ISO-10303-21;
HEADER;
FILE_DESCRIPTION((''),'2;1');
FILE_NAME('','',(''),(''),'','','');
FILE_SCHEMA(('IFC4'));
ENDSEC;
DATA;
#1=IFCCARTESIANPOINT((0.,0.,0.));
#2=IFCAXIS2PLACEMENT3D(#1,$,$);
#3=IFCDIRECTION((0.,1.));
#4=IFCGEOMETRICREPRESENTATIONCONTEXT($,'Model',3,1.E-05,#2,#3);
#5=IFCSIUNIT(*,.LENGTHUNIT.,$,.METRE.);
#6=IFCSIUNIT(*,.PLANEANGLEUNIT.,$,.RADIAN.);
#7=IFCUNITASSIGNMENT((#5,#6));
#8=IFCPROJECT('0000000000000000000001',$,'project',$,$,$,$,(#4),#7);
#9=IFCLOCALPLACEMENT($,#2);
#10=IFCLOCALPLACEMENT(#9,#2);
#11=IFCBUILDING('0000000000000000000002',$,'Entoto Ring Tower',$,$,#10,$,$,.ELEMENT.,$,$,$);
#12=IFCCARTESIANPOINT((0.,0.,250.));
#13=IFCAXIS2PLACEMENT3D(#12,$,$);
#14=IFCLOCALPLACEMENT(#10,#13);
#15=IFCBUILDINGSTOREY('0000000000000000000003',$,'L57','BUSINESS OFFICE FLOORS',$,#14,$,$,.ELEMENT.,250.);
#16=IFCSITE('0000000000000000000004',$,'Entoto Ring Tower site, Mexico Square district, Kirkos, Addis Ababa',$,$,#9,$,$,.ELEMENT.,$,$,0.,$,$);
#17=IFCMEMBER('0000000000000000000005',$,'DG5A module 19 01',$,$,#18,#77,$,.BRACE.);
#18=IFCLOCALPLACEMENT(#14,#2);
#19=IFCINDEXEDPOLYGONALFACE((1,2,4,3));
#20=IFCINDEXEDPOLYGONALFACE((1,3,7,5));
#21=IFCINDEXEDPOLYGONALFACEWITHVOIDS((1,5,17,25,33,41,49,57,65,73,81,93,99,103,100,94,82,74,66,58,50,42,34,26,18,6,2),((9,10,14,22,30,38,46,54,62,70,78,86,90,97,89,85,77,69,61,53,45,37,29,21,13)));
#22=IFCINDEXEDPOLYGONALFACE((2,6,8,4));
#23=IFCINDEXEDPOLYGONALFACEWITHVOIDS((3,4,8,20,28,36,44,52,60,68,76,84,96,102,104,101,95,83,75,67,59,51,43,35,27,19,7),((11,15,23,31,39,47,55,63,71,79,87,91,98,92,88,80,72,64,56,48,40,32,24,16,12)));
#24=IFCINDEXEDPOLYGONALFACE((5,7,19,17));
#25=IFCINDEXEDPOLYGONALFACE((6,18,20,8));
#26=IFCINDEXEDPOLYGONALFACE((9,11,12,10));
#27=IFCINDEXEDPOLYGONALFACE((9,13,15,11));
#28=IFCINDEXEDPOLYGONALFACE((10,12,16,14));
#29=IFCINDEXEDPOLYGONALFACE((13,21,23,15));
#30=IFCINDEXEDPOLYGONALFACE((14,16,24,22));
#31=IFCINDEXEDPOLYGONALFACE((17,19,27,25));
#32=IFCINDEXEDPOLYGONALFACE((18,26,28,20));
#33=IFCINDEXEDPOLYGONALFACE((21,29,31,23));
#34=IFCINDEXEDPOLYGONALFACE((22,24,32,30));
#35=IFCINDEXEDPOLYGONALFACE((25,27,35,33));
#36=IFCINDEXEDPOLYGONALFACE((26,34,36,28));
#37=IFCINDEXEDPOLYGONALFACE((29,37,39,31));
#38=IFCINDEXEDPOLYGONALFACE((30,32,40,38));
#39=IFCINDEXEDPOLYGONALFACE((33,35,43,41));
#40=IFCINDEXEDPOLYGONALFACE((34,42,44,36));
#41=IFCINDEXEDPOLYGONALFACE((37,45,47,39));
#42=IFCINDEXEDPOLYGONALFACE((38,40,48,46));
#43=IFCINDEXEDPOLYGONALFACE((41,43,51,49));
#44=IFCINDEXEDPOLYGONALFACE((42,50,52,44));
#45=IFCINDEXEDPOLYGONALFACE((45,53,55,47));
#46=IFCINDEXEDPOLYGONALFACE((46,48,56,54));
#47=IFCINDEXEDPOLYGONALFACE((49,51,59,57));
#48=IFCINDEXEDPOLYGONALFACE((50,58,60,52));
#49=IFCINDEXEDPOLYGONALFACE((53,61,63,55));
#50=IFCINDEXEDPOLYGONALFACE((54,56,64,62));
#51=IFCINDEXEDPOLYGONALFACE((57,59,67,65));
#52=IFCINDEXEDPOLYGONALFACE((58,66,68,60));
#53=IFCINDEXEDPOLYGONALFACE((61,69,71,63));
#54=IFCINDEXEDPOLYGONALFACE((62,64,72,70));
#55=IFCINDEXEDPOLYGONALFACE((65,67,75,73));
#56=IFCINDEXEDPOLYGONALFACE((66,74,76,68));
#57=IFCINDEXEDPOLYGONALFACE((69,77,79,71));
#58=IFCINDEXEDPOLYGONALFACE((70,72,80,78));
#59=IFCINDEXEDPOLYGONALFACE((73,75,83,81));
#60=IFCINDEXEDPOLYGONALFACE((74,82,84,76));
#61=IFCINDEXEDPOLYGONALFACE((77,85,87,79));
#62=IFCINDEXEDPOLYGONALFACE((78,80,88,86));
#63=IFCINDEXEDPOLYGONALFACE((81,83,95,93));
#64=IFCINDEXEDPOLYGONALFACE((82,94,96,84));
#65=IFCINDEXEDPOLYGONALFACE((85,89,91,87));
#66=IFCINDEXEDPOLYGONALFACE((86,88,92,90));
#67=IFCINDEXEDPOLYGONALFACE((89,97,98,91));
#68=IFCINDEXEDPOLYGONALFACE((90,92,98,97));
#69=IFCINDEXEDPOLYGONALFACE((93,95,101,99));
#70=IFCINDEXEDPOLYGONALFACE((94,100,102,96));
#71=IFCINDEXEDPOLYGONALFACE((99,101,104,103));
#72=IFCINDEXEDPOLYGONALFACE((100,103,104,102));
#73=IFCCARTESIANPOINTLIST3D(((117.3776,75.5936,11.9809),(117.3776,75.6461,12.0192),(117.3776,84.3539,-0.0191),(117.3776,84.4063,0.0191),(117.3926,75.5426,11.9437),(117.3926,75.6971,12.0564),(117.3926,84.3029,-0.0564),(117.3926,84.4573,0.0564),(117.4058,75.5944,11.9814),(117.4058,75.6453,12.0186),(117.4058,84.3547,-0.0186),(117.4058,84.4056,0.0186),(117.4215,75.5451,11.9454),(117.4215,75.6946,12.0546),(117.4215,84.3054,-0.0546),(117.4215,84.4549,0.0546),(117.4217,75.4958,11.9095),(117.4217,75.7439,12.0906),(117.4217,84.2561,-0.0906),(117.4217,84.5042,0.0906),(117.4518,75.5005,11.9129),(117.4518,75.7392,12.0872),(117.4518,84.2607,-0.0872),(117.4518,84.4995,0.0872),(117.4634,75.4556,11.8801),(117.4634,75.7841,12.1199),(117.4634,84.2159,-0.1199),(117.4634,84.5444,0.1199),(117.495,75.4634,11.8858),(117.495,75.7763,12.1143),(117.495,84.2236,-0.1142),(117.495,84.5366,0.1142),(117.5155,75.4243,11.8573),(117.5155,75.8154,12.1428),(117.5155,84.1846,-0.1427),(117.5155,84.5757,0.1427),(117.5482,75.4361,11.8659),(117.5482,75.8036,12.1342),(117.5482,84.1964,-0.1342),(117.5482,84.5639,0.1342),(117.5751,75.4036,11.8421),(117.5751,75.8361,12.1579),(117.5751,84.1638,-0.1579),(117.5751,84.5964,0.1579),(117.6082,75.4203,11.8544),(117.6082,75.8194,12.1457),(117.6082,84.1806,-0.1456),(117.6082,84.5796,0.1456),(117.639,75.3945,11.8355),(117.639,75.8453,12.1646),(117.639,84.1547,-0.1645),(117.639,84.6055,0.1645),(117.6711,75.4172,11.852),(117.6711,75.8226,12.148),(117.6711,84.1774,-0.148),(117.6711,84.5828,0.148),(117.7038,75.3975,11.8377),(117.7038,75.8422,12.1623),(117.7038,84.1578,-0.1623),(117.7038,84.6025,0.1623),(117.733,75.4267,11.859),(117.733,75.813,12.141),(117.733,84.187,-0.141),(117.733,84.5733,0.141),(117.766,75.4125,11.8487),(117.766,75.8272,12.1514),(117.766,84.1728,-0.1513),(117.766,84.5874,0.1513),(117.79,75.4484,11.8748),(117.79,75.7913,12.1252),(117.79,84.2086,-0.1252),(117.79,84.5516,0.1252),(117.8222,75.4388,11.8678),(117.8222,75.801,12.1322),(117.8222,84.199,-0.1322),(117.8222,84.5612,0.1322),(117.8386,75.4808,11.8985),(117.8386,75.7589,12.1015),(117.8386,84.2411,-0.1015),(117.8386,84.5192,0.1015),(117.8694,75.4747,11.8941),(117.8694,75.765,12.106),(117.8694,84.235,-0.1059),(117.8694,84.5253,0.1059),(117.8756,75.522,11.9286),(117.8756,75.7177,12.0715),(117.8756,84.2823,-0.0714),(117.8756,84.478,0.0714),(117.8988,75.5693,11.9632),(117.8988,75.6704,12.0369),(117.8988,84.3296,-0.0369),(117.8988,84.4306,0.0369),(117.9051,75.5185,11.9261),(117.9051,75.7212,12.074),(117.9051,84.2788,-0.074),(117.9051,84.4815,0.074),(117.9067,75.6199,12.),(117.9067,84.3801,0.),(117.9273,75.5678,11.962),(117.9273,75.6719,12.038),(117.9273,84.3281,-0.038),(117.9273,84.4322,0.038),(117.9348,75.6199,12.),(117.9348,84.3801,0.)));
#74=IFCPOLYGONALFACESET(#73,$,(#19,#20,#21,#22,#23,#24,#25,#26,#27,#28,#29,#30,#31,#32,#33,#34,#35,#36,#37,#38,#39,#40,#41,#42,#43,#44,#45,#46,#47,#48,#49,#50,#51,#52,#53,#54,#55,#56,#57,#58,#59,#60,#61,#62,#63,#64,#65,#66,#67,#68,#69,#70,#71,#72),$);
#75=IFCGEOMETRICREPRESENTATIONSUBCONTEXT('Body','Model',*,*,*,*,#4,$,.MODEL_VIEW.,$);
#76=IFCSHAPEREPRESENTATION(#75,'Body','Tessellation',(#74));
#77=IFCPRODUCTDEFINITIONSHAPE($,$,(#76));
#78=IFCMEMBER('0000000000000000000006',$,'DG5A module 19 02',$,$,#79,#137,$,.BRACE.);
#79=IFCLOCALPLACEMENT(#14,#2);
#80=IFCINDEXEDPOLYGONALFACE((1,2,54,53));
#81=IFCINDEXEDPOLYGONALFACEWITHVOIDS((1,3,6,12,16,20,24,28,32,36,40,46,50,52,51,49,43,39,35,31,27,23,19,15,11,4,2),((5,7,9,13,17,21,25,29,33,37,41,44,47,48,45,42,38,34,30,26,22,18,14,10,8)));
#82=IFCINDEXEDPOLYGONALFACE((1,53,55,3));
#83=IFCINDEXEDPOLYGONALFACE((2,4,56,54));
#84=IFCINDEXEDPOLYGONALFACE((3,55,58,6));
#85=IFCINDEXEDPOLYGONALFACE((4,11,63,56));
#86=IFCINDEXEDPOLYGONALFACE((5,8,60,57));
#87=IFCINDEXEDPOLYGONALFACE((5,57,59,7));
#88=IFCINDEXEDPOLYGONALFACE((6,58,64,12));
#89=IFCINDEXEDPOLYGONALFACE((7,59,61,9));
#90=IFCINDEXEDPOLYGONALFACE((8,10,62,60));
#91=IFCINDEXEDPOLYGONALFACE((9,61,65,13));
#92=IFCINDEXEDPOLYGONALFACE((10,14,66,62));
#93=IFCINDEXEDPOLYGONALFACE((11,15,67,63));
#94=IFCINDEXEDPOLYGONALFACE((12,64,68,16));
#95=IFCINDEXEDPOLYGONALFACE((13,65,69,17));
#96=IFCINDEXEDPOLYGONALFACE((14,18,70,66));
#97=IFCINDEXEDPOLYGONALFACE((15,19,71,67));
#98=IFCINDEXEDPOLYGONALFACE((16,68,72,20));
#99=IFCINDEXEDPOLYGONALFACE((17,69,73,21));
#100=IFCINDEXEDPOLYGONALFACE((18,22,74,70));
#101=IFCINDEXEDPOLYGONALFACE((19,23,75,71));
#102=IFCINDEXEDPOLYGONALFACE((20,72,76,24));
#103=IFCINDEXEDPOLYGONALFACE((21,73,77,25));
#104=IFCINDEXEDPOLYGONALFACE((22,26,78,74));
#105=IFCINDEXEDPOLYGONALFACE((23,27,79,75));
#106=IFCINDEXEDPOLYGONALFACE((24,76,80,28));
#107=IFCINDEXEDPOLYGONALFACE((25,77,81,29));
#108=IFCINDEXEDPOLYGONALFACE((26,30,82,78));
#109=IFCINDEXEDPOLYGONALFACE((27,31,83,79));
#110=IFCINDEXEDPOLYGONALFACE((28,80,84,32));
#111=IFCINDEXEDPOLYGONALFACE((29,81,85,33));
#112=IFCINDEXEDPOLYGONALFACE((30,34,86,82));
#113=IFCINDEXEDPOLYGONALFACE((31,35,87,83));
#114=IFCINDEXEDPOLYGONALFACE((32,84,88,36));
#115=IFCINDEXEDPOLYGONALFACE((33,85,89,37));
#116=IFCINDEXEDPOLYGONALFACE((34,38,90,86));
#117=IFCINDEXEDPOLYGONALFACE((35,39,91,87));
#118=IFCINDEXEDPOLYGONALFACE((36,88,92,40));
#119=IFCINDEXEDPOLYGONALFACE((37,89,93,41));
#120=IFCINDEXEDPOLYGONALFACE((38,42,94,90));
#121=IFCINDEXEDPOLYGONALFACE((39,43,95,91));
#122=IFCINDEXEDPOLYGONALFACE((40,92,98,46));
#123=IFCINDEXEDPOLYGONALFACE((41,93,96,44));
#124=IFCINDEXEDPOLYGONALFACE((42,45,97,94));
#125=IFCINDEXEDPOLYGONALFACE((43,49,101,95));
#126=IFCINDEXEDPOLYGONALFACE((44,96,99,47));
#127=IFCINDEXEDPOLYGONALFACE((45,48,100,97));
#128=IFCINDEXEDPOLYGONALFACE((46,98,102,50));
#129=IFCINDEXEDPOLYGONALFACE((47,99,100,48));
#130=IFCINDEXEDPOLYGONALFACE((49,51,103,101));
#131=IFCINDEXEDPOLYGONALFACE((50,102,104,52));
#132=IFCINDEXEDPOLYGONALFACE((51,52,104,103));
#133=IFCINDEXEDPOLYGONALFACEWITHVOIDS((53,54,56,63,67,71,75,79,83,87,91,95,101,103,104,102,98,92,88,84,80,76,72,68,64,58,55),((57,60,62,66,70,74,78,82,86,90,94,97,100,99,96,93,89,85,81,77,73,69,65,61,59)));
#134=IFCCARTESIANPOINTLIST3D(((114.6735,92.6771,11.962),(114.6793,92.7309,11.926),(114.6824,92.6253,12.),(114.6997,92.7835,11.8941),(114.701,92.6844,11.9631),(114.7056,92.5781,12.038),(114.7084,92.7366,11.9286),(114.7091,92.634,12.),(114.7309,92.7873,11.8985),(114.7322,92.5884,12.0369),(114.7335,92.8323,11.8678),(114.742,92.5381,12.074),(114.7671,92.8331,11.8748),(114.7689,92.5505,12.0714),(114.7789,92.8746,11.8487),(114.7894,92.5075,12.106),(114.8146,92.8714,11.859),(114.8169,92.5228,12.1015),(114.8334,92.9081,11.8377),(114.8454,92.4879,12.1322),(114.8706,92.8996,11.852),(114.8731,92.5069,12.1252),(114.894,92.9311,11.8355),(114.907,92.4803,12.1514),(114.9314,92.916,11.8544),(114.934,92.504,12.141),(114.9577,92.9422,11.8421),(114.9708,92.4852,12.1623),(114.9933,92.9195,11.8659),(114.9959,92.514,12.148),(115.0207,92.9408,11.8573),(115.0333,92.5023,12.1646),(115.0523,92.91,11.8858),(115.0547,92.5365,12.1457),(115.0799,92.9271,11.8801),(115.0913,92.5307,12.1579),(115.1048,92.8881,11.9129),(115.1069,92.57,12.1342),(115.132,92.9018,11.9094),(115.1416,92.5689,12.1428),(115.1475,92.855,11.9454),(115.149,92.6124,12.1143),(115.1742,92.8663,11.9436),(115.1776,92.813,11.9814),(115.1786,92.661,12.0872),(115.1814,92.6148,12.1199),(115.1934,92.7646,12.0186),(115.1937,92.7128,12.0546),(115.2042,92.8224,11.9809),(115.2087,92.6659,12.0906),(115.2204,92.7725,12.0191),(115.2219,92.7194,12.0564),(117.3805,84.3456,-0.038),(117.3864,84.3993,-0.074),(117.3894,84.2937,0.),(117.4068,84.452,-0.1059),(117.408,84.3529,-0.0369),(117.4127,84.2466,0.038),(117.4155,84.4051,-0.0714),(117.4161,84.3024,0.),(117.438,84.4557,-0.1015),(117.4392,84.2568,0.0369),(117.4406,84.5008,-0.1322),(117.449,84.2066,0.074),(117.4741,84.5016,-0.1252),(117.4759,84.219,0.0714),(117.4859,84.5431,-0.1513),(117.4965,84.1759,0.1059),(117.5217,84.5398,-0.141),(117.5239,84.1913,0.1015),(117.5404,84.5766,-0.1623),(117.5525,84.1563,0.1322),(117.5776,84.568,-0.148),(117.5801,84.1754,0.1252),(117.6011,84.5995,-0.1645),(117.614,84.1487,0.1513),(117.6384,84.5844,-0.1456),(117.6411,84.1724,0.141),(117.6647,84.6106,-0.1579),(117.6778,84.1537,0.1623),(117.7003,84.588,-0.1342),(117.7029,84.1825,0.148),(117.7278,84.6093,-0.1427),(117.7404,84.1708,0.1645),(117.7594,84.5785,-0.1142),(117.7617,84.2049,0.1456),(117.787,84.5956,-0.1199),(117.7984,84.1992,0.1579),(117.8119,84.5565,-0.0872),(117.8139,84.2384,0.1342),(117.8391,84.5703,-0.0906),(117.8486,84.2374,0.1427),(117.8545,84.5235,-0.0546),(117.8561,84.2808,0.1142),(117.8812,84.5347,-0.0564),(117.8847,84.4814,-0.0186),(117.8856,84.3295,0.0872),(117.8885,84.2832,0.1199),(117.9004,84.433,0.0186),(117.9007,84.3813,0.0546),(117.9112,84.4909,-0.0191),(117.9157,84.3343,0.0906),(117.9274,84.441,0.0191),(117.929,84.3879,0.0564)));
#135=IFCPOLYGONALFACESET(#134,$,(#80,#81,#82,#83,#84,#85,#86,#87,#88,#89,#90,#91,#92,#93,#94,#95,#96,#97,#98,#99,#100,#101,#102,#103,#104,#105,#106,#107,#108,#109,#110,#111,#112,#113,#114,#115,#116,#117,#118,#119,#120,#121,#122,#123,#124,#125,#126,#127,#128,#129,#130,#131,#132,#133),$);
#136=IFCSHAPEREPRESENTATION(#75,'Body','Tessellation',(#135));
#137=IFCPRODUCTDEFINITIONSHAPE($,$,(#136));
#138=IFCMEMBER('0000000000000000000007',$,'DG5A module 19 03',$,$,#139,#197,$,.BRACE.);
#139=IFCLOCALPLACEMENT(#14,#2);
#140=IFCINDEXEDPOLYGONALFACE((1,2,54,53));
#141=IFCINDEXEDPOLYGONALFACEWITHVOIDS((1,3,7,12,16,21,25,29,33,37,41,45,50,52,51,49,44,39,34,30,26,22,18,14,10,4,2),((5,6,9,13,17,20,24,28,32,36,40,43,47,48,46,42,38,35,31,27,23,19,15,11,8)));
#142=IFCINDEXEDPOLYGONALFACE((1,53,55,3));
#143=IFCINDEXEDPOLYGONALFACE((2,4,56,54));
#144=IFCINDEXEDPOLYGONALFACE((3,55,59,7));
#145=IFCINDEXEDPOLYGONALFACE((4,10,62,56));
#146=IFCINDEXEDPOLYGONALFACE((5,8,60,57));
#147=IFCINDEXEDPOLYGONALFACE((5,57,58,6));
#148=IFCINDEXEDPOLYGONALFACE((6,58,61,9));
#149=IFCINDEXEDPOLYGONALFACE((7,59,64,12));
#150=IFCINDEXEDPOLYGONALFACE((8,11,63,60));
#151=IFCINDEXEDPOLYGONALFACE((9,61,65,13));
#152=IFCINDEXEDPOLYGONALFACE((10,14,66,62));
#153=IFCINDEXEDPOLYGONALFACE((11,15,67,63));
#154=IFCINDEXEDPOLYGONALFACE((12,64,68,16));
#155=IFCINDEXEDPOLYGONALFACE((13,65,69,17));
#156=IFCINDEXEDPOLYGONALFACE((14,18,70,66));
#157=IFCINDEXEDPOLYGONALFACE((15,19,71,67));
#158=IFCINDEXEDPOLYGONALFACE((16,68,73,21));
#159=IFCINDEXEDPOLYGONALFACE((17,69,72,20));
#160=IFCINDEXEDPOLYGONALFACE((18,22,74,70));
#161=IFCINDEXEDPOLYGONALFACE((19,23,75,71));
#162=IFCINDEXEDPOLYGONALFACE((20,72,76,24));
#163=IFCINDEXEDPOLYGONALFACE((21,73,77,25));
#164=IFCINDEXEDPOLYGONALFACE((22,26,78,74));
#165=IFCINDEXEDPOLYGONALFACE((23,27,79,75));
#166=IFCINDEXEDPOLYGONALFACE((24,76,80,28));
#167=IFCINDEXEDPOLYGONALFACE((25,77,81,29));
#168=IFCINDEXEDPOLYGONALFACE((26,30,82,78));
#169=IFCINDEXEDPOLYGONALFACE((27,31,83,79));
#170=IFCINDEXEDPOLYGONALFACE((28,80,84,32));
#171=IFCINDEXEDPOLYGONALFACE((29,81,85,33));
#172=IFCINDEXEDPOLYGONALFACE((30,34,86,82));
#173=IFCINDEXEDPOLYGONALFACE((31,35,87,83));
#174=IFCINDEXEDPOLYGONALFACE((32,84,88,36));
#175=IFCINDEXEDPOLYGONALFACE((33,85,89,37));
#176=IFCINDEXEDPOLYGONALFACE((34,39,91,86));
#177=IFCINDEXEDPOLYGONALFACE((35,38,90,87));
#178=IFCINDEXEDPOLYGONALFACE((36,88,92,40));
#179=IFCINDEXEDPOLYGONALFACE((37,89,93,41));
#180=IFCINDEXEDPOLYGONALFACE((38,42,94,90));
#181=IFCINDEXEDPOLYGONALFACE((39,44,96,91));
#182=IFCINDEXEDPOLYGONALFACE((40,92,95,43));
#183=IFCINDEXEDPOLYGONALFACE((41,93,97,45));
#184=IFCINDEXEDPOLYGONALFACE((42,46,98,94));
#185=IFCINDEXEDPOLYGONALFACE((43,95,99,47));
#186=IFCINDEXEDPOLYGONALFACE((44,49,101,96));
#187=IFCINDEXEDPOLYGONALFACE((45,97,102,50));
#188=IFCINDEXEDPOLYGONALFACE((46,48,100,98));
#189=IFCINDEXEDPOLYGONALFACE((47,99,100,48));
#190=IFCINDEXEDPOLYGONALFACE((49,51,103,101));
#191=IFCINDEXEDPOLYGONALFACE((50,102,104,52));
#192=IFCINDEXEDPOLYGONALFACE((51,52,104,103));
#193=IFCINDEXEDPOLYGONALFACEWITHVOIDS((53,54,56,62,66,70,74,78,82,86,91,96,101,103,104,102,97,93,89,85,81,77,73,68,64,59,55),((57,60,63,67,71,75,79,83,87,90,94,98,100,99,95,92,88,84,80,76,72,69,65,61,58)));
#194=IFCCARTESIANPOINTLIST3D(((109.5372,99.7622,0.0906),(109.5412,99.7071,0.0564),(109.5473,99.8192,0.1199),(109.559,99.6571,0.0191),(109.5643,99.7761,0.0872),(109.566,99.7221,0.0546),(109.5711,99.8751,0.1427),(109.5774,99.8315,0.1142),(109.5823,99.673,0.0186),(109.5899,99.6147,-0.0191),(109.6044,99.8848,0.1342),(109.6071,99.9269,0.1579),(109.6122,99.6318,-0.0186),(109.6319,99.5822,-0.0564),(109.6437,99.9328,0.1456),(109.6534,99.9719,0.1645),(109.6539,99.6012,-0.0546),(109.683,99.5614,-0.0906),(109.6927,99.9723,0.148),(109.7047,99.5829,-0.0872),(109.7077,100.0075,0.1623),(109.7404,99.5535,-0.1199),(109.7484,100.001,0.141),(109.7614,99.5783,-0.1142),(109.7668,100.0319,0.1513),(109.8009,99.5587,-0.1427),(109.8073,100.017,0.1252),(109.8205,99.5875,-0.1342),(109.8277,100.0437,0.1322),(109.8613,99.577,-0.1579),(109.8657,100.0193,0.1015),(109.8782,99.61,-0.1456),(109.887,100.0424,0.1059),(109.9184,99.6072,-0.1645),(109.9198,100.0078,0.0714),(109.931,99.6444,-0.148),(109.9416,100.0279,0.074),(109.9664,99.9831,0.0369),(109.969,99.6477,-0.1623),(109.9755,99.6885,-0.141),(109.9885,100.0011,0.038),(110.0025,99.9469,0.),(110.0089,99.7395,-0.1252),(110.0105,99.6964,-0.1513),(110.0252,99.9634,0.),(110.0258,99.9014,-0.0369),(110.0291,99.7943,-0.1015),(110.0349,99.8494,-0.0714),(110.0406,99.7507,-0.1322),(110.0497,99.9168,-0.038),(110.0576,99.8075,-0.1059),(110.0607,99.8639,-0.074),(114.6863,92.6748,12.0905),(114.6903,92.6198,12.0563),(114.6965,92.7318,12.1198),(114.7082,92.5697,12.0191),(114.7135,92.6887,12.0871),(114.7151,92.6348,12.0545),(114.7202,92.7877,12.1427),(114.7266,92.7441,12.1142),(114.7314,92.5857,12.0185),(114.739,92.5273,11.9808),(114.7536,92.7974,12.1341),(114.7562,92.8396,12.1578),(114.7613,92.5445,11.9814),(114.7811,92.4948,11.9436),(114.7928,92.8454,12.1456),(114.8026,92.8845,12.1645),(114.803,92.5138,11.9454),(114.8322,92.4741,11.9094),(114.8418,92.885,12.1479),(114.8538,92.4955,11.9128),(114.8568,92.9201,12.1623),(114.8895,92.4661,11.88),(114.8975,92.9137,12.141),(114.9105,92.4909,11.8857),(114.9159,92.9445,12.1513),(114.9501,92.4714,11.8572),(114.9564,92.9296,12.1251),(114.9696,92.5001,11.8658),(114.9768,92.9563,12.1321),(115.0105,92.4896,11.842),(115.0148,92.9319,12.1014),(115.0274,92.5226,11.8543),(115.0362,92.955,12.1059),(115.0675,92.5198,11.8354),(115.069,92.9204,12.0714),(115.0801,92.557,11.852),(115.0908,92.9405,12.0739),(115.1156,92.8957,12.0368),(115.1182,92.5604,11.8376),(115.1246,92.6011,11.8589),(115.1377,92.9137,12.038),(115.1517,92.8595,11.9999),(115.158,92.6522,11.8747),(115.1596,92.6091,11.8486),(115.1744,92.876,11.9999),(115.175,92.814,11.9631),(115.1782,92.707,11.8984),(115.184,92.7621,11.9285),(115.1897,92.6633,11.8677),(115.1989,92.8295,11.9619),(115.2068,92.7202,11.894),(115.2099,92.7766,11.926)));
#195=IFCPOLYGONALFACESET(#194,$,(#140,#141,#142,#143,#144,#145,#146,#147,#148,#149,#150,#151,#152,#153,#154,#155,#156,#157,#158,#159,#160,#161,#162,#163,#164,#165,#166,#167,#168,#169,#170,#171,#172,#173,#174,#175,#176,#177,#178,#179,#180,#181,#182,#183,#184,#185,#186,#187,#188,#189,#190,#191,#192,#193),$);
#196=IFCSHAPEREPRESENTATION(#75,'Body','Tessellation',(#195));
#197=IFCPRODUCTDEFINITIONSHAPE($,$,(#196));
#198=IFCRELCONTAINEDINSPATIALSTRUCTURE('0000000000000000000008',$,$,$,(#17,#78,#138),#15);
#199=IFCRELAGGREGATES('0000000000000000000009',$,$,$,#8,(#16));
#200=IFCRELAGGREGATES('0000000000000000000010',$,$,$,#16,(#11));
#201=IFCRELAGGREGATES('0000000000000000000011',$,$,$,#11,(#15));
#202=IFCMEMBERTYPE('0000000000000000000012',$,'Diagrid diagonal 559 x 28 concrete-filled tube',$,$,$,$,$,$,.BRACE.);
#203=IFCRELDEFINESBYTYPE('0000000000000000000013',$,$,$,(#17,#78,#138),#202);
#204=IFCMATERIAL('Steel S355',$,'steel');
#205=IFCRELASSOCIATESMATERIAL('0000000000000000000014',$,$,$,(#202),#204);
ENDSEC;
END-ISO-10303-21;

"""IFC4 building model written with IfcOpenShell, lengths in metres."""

from ifc_helpers import new_model, si_unit, direction, frame, origin, origin_2d, place, context, subcontext, project, spatial, circle, hollow_circle, extrude, material, material_profile, profile_set, type_object, element, save


model = new_model("IFC4")

# Units and contexts
model_context = context("Model", 3, precision=1e-05, world=origin(), true_north=direction((0.0, 1.0)))
body_context = subcontext(model_context, "Body", "Model", "MODEL_VIEW")
ifc_project = project(units=[si_unit("LENGTHUNIT", "METRE"), si_unit("PLANEANGLEUNIT", "RADIAN")], contexts=[model_context])

# Site, building, storey
site_placement = place(None, origin())
site = spatial("IfcSite", under=ifc_project, at=site_placement, Name="Entoto Ring Tower site, Mexico Square district, Kirkos, Addis Ababa", CompositionType="ELEMENT", RefElevation=0.0)
building_placement = place(site_placement, origin())
building = spatial("IfcBuilding", under=site, at=building_placement, Name="Entoto Ring Tower", CompositionType="ELEMENT")
storey_placement = place(building_placement, frame((0.0, 0.0, 250.0)))
storey = spatial("IfcBuildingStorey", under=building, at=storey_placement, Name="L57", Description="BUSINESS OFFICE FLOORS", CompositionType="ELEMENT", Elevation=250.0)

# Members
ifc_material_1 = material(Name="Steel S355", Category="steel")
ifc_material_profile_1 = material_profile(ifc_material_1, hollow_circle(Radius=0.2795, WallThickness=0.0281, at=origin_2d()), Name="CHS 559 x 28")
ifc_material_2 = material(Name="Concrete C60/75", Category="concrete")
ifc_material_profile_2 = material_profile(ifc_material_2, circle(Radius=0.2515, at=origin_2d()), Name="Concrete C60/75 infill")
ifc_profile_set_1 = profile_set([ifc_material_profile_1, ifc_material_profile_2], Name="Steel S355")
member_type_1 = type_object("IfcMemberType", Name="Diagrid diagonal 559 x 28 concrete-filled tube", PredefinedType="BRACE", material=ifc_profile_set_1)
for number, where, z_axis, x_axis, name in (
    (1, (117.6553, 84.3801, 0.0), (0.0, -0.589623, 0.807679), (1.0, 0.0, 0.0), "DG5A module 19 01"),
    (2, (117.6553, 84.3801, 0.0), (-0.182201, 0.560767, 0.807678), (-0.951058, -0.309012, 0.0), "DG5A module 19 02"),
    (3, (109.7991, 99.7991, 0.0), (0.34657, -0.477025, 0.807673), (0.809024, 0.587776, 0.0), "DG5A module 19 03"),
):
    element("IfcMember", number, at=place(storey_placement, frame(where, z_axis=z_axis, x_axis=x_axis)), inside=storey, type_object=member_type_1, Name=name, PredefinedType="BRACE", context=body_context, shape_type="SweptSolid", body=[
        extrude(hollow_circle(Radius=0.2795, WallThickness=0.0281, at=origin_2d()), origin(), (0.0, 0.0, 1.0), 14.8574),
    ])

save(model, "model.ifc")
